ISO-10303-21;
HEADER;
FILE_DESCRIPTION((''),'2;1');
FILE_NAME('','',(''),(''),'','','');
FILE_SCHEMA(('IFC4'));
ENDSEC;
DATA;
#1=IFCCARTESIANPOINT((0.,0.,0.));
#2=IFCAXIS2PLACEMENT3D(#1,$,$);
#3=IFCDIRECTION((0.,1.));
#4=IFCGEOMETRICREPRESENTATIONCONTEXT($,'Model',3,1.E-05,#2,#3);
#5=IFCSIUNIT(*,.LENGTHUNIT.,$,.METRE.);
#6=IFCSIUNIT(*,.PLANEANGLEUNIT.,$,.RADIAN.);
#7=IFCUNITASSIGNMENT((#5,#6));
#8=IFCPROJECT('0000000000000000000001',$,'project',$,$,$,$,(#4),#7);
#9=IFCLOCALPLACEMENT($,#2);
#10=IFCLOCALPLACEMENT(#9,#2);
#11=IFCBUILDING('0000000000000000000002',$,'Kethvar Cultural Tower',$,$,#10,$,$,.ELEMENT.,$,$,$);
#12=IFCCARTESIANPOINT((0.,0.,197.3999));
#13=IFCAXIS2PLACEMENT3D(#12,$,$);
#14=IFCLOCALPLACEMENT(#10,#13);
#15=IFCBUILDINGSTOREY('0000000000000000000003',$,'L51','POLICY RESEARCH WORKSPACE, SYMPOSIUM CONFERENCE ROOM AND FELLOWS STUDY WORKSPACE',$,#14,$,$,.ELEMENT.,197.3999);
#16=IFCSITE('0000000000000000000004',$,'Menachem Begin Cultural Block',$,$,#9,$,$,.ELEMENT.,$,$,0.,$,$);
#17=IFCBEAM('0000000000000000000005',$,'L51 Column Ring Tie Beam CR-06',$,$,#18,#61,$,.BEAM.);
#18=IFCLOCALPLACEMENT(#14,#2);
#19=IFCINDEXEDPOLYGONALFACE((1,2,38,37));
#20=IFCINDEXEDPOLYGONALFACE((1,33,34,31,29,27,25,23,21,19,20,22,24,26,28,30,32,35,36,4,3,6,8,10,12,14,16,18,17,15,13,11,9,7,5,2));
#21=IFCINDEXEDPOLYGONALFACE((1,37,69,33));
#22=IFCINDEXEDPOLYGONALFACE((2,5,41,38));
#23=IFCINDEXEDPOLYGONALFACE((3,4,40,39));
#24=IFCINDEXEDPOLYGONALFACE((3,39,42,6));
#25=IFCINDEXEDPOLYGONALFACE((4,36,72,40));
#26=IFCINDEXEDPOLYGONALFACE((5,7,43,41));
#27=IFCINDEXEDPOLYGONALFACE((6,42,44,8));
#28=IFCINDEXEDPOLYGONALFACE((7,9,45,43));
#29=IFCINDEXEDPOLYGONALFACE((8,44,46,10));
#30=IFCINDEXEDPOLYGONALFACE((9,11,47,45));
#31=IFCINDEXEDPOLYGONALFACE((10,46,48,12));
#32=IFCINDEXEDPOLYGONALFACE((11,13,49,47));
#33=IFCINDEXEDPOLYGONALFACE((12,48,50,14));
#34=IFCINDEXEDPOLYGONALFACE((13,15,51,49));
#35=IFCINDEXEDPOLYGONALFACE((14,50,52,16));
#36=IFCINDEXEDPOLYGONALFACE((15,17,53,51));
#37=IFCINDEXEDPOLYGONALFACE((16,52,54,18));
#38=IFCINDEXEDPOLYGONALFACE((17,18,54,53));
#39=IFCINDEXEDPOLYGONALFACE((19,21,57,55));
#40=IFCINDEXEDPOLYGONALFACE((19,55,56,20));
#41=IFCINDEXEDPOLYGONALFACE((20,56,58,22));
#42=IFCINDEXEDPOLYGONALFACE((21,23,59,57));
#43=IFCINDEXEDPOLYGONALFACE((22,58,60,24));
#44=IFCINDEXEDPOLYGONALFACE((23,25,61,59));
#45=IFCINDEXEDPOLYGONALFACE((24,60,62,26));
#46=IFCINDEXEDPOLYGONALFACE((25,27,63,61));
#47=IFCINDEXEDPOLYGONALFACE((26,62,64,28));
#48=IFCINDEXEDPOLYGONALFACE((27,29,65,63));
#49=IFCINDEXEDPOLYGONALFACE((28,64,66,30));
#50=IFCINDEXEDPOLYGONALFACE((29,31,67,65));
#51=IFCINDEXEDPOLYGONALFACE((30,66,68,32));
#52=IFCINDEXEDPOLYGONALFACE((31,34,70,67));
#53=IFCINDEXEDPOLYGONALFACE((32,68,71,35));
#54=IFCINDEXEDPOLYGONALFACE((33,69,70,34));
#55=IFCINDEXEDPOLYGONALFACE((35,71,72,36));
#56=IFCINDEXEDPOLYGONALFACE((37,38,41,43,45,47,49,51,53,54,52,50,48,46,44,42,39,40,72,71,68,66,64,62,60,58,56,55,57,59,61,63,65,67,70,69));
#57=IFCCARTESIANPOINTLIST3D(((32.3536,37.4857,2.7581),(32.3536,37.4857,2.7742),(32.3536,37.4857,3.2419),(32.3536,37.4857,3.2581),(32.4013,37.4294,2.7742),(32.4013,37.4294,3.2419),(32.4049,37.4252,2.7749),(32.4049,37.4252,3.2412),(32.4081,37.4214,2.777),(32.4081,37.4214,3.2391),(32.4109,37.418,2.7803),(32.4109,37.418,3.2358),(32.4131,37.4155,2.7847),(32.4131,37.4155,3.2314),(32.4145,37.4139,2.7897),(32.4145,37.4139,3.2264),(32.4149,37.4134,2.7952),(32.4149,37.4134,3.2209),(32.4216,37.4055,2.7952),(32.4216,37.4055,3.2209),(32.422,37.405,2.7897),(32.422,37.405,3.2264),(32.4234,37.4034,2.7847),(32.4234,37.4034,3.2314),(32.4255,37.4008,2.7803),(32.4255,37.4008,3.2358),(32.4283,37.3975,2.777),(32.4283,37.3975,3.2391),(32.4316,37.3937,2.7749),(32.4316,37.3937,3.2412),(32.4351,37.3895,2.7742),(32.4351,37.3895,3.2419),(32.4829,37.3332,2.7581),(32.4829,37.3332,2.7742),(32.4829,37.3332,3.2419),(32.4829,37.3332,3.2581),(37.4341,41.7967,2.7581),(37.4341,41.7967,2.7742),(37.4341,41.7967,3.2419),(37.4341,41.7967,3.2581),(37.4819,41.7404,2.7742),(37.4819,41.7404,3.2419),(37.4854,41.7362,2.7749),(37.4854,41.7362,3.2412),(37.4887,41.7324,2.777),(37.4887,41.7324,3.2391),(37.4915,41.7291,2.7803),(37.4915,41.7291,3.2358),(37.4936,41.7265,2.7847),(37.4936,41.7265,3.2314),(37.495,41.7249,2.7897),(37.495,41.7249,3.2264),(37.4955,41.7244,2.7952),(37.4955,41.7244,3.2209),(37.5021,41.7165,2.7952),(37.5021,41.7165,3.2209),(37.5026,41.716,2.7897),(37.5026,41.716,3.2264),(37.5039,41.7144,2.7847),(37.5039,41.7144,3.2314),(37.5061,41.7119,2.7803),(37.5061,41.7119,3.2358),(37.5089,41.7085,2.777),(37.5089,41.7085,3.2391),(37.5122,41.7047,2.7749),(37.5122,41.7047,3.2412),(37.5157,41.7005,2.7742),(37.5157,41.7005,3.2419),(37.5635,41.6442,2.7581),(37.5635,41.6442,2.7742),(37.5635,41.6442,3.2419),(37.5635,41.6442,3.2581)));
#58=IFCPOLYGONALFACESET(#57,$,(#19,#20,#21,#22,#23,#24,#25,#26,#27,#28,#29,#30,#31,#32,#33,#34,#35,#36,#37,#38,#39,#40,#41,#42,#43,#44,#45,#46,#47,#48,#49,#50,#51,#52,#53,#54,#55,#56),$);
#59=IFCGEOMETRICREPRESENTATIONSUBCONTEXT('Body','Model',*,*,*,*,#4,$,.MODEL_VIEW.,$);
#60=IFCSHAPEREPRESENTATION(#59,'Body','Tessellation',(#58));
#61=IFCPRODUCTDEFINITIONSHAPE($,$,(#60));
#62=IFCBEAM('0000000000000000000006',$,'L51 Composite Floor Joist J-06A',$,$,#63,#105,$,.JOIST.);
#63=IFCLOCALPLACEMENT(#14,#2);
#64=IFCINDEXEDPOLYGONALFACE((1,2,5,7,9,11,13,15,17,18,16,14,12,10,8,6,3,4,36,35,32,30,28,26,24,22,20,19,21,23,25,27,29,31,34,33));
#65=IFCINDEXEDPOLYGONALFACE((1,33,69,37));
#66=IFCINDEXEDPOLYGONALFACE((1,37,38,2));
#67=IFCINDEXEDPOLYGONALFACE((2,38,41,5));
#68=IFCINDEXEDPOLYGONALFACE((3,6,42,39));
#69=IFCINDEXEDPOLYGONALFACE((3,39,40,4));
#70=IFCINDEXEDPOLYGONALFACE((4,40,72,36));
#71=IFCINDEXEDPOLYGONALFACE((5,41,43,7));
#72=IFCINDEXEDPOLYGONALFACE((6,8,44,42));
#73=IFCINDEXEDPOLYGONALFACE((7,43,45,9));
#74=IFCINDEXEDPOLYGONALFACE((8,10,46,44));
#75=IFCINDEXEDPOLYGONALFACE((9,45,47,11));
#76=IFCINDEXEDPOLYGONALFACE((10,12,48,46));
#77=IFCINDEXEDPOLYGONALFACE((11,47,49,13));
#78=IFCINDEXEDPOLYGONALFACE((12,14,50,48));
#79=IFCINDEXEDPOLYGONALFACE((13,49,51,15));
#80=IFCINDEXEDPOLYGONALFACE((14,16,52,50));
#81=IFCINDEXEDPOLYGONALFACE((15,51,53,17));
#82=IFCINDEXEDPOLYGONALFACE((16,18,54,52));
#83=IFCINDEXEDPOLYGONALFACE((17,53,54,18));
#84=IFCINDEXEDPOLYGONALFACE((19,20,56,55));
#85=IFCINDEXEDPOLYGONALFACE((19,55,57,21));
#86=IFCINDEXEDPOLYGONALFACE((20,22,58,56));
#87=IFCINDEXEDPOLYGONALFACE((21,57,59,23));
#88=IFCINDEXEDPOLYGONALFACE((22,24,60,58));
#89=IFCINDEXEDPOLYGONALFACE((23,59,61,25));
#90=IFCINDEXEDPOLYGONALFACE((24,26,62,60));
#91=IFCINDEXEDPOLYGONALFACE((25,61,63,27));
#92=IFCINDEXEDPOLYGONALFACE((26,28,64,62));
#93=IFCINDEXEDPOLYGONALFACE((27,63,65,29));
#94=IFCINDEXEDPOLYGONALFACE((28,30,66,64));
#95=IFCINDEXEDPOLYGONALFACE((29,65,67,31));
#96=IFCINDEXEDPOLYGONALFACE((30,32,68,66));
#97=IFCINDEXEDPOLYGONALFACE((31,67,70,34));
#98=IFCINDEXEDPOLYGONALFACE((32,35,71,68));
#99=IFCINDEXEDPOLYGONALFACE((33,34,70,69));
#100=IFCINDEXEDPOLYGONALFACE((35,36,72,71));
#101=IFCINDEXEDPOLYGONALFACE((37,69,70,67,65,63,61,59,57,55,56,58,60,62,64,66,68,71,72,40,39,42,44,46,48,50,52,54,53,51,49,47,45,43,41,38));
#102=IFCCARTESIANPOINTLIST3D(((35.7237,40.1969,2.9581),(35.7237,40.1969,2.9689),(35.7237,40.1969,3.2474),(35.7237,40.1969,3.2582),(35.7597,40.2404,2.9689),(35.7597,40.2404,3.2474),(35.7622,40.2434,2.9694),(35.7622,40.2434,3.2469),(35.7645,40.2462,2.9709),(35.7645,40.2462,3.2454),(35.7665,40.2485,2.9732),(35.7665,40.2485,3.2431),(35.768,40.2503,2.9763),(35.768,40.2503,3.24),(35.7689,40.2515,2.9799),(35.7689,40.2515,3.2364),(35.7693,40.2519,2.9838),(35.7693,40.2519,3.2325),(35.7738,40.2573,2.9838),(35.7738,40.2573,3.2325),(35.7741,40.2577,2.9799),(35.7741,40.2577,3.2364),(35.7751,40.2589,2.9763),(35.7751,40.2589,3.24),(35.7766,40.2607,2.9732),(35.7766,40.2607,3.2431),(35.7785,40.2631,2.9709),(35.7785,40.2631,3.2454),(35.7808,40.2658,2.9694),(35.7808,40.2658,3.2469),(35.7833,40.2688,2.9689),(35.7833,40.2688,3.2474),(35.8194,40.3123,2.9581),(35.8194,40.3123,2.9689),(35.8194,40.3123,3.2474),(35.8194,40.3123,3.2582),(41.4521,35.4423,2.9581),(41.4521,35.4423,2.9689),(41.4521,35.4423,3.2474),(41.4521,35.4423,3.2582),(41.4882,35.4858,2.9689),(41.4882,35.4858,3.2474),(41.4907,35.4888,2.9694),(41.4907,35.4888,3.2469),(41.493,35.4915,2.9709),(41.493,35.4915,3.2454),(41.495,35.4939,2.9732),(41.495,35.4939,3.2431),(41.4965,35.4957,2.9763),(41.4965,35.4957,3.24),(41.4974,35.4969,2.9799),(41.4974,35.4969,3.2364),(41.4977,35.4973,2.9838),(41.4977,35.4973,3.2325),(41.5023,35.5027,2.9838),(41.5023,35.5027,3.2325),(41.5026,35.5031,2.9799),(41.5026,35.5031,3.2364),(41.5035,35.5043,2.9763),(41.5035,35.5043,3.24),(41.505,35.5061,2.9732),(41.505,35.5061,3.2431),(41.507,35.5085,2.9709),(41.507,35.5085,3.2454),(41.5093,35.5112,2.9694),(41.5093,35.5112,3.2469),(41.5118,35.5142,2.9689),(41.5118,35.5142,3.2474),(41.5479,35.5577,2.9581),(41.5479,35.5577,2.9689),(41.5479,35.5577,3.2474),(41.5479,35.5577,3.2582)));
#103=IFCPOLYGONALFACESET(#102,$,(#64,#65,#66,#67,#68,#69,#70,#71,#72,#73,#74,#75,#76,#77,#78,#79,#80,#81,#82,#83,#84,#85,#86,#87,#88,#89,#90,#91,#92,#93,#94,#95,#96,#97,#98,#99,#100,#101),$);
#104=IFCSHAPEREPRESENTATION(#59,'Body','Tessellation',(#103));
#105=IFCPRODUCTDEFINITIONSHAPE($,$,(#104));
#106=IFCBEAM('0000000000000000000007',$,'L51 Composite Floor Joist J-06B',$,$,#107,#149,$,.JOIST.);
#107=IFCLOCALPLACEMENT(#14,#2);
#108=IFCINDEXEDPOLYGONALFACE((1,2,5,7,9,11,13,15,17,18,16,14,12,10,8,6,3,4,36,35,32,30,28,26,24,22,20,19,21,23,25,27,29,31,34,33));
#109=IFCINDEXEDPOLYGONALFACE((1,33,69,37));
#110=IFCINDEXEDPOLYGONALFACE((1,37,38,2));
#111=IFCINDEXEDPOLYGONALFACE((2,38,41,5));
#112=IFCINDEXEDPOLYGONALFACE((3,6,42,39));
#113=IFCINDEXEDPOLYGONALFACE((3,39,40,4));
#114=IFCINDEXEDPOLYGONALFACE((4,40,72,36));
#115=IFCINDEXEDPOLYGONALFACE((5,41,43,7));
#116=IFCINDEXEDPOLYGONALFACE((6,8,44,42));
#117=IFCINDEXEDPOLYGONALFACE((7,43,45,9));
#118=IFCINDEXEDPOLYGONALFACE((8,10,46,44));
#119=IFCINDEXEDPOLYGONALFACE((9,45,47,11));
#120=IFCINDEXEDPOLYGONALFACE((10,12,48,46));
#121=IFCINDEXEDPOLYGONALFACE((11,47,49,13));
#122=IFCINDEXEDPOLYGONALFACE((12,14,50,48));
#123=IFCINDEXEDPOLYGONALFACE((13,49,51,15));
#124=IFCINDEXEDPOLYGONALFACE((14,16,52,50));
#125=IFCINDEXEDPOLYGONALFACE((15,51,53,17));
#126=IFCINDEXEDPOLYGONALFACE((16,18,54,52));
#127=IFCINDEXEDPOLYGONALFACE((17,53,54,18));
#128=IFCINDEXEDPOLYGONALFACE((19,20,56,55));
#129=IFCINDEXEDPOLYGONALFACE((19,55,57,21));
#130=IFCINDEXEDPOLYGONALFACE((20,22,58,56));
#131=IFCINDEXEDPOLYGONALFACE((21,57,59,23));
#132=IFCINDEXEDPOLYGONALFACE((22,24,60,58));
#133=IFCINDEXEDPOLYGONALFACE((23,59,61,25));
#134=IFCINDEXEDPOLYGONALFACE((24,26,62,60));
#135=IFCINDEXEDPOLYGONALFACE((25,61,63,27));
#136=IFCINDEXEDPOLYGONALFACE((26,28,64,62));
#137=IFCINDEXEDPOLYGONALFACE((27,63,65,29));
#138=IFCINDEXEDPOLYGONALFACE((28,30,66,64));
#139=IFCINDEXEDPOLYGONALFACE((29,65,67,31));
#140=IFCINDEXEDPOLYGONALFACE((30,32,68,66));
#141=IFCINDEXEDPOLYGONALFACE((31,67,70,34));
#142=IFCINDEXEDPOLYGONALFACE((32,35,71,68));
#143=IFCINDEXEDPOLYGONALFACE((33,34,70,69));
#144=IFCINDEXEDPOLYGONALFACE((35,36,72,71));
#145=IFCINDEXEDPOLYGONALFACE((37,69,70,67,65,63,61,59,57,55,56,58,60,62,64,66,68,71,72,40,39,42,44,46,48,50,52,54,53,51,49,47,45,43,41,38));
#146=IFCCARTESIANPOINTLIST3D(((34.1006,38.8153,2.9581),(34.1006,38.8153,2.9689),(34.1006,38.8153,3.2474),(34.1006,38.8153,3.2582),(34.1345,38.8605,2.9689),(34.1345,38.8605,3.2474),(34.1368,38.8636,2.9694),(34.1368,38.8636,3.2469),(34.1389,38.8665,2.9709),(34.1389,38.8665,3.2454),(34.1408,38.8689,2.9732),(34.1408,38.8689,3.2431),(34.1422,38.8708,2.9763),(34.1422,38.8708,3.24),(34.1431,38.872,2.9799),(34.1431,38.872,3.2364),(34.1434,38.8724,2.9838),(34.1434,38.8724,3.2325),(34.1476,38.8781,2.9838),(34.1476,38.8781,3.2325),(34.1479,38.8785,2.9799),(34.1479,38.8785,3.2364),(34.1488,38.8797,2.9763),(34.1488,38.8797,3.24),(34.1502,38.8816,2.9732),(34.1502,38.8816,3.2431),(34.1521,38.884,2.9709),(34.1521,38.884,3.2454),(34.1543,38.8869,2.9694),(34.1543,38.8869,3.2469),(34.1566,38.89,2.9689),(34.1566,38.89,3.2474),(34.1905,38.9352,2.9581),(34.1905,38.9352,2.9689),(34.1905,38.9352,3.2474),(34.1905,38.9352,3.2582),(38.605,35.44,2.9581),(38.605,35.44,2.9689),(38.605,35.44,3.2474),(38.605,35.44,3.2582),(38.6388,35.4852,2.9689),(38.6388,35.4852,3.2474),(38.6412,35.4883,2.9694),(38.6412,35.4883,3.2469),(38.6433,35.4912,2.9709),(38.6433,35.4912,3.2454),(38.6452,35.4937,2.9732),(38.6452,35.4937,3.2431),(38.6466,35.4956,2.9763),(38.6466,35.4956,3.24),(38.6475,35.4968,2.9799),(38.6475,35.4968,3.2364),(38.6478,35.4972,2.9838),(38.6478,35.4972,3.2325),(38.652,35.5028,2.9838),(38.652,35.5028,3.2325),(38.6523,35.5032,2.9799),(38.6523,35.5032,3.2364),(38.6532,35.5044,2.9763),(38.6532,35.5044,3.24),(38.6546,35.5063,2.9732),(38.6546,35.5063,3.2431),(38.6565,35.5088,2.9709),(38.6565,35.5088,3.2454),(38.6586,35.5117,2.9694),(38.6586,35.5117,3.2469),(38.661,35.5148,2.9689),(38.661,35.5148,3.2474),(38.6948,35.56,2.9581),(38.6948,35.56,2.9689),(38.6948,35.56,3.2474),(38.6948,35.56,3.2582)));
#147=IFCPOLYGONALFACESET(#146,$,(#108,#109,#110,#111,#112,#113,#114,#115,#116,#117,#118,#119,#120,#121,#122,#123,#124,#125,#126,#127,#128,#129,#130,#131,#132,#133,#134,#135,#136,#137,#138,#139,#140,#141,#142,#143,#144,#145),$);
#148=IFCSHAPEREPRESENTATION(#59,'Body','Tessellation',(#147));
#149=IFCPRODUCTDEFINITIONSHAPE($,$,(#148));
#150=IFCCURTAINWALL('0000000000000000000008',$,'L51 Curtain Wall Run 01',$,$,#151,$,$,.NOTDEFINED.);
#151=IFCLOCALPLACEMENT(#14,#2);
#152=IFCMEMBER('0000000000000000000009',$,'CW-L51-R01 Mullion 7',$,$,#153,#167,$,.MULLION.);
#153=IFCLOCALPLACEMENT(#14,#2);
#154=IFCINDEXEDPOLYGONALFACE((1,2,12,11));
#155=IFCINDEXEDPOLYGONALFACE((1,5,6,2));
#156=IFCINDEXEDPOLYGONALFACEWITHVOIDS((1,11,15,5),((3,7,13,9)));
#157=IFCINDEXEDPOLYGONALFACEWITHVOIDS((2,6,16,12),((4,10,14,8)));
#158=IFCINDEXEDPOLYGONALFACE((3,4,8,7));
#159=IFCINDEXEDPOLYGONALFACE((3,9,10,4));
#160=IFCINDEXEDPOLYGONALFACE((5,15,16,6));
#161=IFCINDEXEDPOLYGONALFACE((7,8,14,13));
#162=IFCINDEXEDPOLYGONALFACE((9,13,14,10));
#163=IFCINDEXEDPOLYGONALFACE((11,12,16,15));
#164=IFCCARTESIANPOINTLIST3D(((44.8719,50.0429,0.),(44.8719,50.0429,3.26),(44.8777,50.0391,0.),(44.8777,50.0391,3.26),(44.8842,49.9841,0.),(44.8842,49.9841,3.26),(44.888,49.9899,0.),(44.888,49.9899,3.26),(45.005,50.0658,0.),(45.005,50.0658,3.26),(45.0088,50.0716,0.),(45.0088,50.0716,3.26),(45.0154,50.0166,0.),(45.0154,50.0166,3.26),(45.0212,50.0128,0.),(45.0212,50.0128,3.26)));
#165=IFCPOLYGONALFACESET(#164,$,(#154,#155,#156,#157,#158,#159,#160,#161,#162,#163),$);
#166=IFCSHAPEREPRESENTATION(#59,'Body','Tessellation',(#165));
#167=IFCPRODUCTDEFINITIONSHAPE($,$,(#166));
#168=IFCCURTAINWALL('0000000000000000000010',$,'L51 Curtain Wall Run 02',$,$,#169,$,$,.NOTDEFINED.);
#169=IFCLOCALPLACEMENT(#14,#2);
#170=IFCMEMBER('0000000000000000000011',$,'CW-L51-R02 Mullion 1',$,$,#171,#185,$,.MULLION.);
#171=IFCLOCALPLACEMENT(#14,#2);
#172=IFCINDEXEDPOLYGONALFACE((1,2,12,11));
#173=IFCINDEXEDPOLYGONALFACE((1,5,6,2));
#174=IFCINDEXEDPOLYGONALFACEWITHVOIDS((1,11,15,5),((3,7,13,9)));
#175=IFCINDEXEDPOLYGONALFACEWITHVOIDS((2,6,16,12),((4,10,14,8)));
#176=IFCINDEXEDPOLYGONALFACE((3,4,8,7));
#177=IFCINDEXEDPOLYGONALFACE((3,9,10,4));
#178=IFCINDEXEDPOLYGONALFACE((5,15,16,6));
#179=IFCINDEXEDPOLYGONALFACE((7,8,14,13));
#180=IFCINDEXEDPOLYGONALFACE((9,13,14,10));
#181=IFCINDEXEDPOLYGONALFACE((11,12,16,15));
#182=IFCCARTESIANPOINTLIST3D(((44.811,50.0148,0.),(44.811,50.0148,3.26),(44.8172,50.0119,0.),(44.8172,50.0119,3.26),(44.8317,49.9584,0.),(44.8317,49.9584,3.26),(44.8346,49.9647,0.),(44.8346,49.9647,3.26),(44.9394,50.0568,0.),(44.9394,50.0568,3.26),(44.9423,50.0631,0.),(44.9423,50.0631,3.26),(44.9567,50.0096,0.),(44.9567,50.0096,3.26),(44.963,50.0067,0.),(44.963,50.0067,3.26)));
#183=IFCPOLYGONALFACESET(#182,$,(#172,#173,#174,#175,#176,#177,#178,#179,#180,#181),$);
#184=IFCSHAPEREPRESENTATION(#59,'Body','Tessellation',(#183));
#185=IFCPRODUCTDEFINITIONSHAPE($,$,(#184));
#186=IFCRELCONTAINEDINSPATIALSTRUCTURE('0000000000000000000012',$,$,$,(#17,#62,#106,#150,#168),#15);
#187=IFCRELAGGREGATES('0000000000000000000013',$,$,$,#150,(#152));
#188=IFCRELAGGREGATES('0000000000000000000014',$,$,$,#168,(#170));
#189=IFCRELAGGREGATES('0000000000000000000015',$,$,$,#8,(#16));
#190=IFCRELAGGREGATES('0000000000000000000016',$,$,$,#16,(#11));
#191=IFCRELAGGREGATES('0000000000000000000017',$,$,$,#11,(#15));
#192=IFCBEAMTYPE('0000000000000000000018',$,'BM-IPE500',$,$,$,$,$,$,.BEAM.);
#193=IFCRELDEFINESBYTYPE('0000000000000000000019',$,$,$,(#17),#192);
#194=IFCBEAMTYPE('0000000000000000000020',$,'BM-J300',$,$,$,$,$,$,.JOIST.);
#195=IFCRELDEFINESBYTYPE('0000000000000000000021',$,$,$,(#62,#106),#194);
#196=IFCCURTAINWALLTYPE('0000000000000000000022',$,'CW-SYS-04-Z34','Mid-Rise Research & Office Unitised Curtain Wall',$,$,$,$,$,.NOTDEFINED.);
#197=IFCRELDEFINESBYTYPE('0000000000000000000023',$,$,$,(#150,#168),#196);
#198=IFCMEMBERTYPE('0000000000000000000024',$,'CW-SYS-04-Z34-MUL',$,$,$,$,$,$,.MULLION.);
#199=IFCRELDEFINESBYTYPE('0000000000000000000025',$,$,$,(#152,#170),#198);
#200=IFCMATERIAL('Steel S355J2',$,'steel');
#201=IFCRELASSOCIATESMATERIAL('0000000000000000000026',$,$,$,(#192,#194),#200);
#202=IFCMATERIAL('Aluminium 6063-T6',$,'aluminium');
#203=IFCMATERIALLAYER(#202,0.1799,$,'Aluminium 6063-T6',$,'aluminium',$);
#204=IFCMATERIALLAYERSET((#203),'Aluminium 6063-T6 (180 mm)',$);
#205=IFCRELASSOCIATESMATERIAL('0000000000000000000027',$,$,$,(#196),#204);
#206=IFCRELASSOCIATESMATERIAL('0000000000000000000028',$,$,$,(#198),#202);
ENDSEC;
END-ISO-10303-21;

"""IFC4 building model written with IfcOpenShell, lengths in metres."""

from ifc_helpers import new_model, si_unit, direction, frame, origin, origin_2d, place, context, subcontext, project, spatial, hollow_rectangle, i_section, extrude, source, transform, mapped, material, layer, layer_set, material_profile, profile_set, type_object, element, aggregate, save


model = new_model("IFC4")

# Units and contexts
model_context = context("Model", 3, precision=1e-05, world=origin(), true_north=direction((0.0, 1.0)))
body_context = subcontext(model_context, "Body", "Model", "MODEL_VIEW")
ifc_project = project(units=[si_unit("LENGTHUNIT", "METRE"), si_unit("PLANEANGLEUNIT", "RADIAN")], contexts=[model_context])

# Site, building, storey
site_placement = place(None, origin())
site = spatial("IfcSite", under=ifc_project, at=site_placement, Name="Menachem Begin Cultural Block", CompositionType="ELEMENT", RefElevation=0.0)
building_placement = place(site_placement, origin())
building = spatial("IfcBuilding", under=site, at=building_placement, Name="Kethvar Cultural Tower", CompositionType="ELEMENT")
storey_placement = place(building_placement, frame((0.0, 0.0, 197.3999)))
storey = spatial("IfcBuildingStorey", under=building, at=storey_placement, Name="L51", Description="POLICY RESEARCH WORKSPACE, SYMPOSIUM CONFERENCE ROOM AND FELLOWS STUDY WORKSPACE", CompositionType="ELEMENT", Elevation=197.3999)

# Beams
ifc_material_1 = material(Name="Steel S355J2", Category="steel")
ifc_material_profile_1 = material_profile(ifc_material_1, i_section(OverallWidth=0.2, OverallDepth=0.5, WebThickness=0.0103, FlangeThickness=0.0161, FilletRadius=0.021, at=origin_2d()), Name="Steel S355J2 — IPE500")
ifc_profile_set_1 = profile_set([ifc_material_profile_1], Name="Steel S355J2 — IPE500")
beam_type_1 = type_object("IfcBeamType", Name="BM-IPE500", PredefinedType="BEAM", material=ifc_profile_set_1)
ifc_material_profile_2 = material_profile(ifc_material_1, i_section(OverallWidth=0.1499, OverallDepth=0.3, WebThickness=0.0071, FlangeThickness=0.0107, FilletRadius=0.0149, at=origin_2d()), Name="Steel S355J2 — IPE300")
ifc_profile_set_2 = profile_set([ifc_material_profile_2], Name="Steel S355J2 — IPE300")
beam_type_2 = type_object("IfcBeamType", Name="BM-J300", PredefinedType="JOIST", material=ifc_profile_set_2)
shared_shape_1 = source(origin(), body_context, "Body", "SweptSolid", [
    extrude(i_section(OverallWidth=0.2, OverallDepth=0.5, WebThickness=0.0103, FlangeThickness=0.0161, FilletRadius=0.021, at=origin_2d()), origin(), (0.0, 0.0, 1.0), 6.6631),
])
beam_1_placement = place(storey_placement, frame((37.4988, 41.7205, 3.0081), z_axis=(-0.762491, -0.646999, 0.0), x_axis=(0.646999, -0.762491, 0.0)))
element("IfcBeam", 1, at=beam_1_placement, inside=storey, type_object=beam_type_1, Name="L51 Column Ring Tie Beam CR-06", PredefinedType="BEAM", context=body_context, shape_type="MappedRepresentation", body=[
    mapped(shared_shape_1, transform((0.0, 0.0, 0.0), scale=1.0)),
])
shared_shape_2 = source(origin(), body_context, "Body", "SweptSolid", [
    extrude(i_section(OverallWidth=0.1499, OverallDepth=0.3, WebThickness=0.0071, FlangeThickness=0.0107, FilletRadius=0.0149, at=origin_2d()), origin(), (0.0, 0.0, 1.0), 7.4446),
])
beam_2_placement = place(storey_placement, frame((41.5, 35.5, 3.1082), z_axis=(-0.769483, 0.638667, 0.0), x_axis=(-0.638667, -0.769483, 0.0)))
element("IfcBeam", 2, at=beam_2_placement, inside=storey, type_object=beam_type_2, Name="L51 Composite Floor Joist J-06A", PredefinedType="JOIST", context=body_context, shape_type="MappedRepresentation", body=[
    mapped(shared_shape_2, transform((0.0, 0.0, 0.0), scale=1.0)),
])
shared_shape_3 = source(origin(), body_context, "Body", "SweptSolid", [
    extrude(i_section(OverallWidth=0.1499, OverallDepth=0.3, WebThickness=0.0071, FlangeThickness=0.0107, FilletRadius=0.0149, at=origin_2d()), origin(), (0.0, 0.0, 1.0), 5.6287),
])
beam_3_placement = place(storey_placement, frame((38.6499, 35.5, 3.1082), z_axis=(-0.80026, 0.599653, 0.0), x_axis=(-0.599653, -0.80026, 0.0)))
element("IfcBeam", 3, at=beam_3_placement, inside=storey, type_object=beam_type_2, Name="L51 Composite Floor Joist J-06B", PredefinedType="JOIST", context=body_context, shape_type="MappedRepresentation", body=[
    mapped(shared_shape_3, transform((0.0, 0.0, 0.0), scale=1.0)),
])

# Curtain wall, member
ifc_material_2 = material(Name="Aluminium 6063-T6", Category="aluminium")
ifc_layer_1 = layer(ifc_material_2, 0.1799, Name="Aluminium 6063-T6", Category="aluminium")
ifc_layer_set_1 = layer_set([ifc_layer_1], Name="Aluminium 6063-T6 (180 mm)")
curtain_wall_type = type_object("IfcCurtainWallType", Name="CW-SYS-04-Z34", Description="Mid-Rise Research & Office Unitised Curtain Wall", PredefinedType="NOTDEFINED", material=ifc_layer_set_1)
curtain_wall_1_placement = place(storey_placement, origin())
curtain_wall_1 = element("IfcCurtainWall", 4, at=curtain_wall_1_placement, inside=storey, type_object=curtain_wall_type, Name="L51 Curtain Wall Run 01", PredefinedType="NOTDEFINED")
ifc_material_profile_3 = material_profile(ifc_material_2, hollow_rectangle(XDim=0.0601, YDim=0.1399, WallThickness=0.0049, at=origin_2d()), Name="Aluminium 6063-T6 — RHS140x60x5")
ifc_profile_set_3 = profile_set([ifc_material_profile_3], Name="Aluminium 6063-T6 — RHS140x60x5")
member_type_1 = type_object("IfcMemberType", Name="CW-SYS-04-Z34-MUL", PredefinedType="MULLION", material=ifc_profile_set_3)
shared_shape_4 = source(origin(), body_context, "Body", "SweptSolid", [
    extrude(hollow_rectangle(XDim=0.0601, YDim=0.1399, WallThickness=0.0049, at=origin_2d()), origin(), (0.0, 0.0, 1.0), 3.26),
])
member_1_placement = place(storey_placement, frame((44.9465, 50.0278, 0.0), z_axis=(0.0, 0.0, 1.0), x_axis=(0.205333, -0.978692, 0.0)))
member_1 = element("IfcMember", 5, at=member_1_placement, type_object=member_type_1, Name="CW-L51-R01 Mullion 7", PredefinedType="MULLION", context=body_context, shape_type="MappedRepresentation", body=[
    mapped(shared_shape_4, transform((0.0, 0.0, 0.0), scale=1.0)),
])
aggregate(curtain_wall_1, [member_1])

# Curtain wall, member
curtain_wall_2_placement = place(storey_placement, origin())
curtain_wall_2 = element("IfcCurtainWall", 6, at=curtain_wall_2_placement, inside=storey, type_object=curtain_wall_type, Name="L51 Curtain Wall Run 02", PredefinedType="NOTDEFINED")
member_2_placement = place(storey_placement, frame((44.887, 50.0107, 0.0), z_axis=(0.0, 0.0, 1.0), x_axis=(0.344905, -0.938638, 0.0)))
member_2 = element("IfcMember", 7, at=member_2_placement, type_object=member_type_1, Name="CW-L51-R02 Mullion 1", PredefinedType="MULLION", context=body_context, shape_type="MappedRepresentation", body=[
    mapped(shared_shape_4, transform((0.0, 0.0, 0.0), scale=1.0)),
])
aggregate(curtain_wall_2, [member_2])

save(model, "model.ifc")
